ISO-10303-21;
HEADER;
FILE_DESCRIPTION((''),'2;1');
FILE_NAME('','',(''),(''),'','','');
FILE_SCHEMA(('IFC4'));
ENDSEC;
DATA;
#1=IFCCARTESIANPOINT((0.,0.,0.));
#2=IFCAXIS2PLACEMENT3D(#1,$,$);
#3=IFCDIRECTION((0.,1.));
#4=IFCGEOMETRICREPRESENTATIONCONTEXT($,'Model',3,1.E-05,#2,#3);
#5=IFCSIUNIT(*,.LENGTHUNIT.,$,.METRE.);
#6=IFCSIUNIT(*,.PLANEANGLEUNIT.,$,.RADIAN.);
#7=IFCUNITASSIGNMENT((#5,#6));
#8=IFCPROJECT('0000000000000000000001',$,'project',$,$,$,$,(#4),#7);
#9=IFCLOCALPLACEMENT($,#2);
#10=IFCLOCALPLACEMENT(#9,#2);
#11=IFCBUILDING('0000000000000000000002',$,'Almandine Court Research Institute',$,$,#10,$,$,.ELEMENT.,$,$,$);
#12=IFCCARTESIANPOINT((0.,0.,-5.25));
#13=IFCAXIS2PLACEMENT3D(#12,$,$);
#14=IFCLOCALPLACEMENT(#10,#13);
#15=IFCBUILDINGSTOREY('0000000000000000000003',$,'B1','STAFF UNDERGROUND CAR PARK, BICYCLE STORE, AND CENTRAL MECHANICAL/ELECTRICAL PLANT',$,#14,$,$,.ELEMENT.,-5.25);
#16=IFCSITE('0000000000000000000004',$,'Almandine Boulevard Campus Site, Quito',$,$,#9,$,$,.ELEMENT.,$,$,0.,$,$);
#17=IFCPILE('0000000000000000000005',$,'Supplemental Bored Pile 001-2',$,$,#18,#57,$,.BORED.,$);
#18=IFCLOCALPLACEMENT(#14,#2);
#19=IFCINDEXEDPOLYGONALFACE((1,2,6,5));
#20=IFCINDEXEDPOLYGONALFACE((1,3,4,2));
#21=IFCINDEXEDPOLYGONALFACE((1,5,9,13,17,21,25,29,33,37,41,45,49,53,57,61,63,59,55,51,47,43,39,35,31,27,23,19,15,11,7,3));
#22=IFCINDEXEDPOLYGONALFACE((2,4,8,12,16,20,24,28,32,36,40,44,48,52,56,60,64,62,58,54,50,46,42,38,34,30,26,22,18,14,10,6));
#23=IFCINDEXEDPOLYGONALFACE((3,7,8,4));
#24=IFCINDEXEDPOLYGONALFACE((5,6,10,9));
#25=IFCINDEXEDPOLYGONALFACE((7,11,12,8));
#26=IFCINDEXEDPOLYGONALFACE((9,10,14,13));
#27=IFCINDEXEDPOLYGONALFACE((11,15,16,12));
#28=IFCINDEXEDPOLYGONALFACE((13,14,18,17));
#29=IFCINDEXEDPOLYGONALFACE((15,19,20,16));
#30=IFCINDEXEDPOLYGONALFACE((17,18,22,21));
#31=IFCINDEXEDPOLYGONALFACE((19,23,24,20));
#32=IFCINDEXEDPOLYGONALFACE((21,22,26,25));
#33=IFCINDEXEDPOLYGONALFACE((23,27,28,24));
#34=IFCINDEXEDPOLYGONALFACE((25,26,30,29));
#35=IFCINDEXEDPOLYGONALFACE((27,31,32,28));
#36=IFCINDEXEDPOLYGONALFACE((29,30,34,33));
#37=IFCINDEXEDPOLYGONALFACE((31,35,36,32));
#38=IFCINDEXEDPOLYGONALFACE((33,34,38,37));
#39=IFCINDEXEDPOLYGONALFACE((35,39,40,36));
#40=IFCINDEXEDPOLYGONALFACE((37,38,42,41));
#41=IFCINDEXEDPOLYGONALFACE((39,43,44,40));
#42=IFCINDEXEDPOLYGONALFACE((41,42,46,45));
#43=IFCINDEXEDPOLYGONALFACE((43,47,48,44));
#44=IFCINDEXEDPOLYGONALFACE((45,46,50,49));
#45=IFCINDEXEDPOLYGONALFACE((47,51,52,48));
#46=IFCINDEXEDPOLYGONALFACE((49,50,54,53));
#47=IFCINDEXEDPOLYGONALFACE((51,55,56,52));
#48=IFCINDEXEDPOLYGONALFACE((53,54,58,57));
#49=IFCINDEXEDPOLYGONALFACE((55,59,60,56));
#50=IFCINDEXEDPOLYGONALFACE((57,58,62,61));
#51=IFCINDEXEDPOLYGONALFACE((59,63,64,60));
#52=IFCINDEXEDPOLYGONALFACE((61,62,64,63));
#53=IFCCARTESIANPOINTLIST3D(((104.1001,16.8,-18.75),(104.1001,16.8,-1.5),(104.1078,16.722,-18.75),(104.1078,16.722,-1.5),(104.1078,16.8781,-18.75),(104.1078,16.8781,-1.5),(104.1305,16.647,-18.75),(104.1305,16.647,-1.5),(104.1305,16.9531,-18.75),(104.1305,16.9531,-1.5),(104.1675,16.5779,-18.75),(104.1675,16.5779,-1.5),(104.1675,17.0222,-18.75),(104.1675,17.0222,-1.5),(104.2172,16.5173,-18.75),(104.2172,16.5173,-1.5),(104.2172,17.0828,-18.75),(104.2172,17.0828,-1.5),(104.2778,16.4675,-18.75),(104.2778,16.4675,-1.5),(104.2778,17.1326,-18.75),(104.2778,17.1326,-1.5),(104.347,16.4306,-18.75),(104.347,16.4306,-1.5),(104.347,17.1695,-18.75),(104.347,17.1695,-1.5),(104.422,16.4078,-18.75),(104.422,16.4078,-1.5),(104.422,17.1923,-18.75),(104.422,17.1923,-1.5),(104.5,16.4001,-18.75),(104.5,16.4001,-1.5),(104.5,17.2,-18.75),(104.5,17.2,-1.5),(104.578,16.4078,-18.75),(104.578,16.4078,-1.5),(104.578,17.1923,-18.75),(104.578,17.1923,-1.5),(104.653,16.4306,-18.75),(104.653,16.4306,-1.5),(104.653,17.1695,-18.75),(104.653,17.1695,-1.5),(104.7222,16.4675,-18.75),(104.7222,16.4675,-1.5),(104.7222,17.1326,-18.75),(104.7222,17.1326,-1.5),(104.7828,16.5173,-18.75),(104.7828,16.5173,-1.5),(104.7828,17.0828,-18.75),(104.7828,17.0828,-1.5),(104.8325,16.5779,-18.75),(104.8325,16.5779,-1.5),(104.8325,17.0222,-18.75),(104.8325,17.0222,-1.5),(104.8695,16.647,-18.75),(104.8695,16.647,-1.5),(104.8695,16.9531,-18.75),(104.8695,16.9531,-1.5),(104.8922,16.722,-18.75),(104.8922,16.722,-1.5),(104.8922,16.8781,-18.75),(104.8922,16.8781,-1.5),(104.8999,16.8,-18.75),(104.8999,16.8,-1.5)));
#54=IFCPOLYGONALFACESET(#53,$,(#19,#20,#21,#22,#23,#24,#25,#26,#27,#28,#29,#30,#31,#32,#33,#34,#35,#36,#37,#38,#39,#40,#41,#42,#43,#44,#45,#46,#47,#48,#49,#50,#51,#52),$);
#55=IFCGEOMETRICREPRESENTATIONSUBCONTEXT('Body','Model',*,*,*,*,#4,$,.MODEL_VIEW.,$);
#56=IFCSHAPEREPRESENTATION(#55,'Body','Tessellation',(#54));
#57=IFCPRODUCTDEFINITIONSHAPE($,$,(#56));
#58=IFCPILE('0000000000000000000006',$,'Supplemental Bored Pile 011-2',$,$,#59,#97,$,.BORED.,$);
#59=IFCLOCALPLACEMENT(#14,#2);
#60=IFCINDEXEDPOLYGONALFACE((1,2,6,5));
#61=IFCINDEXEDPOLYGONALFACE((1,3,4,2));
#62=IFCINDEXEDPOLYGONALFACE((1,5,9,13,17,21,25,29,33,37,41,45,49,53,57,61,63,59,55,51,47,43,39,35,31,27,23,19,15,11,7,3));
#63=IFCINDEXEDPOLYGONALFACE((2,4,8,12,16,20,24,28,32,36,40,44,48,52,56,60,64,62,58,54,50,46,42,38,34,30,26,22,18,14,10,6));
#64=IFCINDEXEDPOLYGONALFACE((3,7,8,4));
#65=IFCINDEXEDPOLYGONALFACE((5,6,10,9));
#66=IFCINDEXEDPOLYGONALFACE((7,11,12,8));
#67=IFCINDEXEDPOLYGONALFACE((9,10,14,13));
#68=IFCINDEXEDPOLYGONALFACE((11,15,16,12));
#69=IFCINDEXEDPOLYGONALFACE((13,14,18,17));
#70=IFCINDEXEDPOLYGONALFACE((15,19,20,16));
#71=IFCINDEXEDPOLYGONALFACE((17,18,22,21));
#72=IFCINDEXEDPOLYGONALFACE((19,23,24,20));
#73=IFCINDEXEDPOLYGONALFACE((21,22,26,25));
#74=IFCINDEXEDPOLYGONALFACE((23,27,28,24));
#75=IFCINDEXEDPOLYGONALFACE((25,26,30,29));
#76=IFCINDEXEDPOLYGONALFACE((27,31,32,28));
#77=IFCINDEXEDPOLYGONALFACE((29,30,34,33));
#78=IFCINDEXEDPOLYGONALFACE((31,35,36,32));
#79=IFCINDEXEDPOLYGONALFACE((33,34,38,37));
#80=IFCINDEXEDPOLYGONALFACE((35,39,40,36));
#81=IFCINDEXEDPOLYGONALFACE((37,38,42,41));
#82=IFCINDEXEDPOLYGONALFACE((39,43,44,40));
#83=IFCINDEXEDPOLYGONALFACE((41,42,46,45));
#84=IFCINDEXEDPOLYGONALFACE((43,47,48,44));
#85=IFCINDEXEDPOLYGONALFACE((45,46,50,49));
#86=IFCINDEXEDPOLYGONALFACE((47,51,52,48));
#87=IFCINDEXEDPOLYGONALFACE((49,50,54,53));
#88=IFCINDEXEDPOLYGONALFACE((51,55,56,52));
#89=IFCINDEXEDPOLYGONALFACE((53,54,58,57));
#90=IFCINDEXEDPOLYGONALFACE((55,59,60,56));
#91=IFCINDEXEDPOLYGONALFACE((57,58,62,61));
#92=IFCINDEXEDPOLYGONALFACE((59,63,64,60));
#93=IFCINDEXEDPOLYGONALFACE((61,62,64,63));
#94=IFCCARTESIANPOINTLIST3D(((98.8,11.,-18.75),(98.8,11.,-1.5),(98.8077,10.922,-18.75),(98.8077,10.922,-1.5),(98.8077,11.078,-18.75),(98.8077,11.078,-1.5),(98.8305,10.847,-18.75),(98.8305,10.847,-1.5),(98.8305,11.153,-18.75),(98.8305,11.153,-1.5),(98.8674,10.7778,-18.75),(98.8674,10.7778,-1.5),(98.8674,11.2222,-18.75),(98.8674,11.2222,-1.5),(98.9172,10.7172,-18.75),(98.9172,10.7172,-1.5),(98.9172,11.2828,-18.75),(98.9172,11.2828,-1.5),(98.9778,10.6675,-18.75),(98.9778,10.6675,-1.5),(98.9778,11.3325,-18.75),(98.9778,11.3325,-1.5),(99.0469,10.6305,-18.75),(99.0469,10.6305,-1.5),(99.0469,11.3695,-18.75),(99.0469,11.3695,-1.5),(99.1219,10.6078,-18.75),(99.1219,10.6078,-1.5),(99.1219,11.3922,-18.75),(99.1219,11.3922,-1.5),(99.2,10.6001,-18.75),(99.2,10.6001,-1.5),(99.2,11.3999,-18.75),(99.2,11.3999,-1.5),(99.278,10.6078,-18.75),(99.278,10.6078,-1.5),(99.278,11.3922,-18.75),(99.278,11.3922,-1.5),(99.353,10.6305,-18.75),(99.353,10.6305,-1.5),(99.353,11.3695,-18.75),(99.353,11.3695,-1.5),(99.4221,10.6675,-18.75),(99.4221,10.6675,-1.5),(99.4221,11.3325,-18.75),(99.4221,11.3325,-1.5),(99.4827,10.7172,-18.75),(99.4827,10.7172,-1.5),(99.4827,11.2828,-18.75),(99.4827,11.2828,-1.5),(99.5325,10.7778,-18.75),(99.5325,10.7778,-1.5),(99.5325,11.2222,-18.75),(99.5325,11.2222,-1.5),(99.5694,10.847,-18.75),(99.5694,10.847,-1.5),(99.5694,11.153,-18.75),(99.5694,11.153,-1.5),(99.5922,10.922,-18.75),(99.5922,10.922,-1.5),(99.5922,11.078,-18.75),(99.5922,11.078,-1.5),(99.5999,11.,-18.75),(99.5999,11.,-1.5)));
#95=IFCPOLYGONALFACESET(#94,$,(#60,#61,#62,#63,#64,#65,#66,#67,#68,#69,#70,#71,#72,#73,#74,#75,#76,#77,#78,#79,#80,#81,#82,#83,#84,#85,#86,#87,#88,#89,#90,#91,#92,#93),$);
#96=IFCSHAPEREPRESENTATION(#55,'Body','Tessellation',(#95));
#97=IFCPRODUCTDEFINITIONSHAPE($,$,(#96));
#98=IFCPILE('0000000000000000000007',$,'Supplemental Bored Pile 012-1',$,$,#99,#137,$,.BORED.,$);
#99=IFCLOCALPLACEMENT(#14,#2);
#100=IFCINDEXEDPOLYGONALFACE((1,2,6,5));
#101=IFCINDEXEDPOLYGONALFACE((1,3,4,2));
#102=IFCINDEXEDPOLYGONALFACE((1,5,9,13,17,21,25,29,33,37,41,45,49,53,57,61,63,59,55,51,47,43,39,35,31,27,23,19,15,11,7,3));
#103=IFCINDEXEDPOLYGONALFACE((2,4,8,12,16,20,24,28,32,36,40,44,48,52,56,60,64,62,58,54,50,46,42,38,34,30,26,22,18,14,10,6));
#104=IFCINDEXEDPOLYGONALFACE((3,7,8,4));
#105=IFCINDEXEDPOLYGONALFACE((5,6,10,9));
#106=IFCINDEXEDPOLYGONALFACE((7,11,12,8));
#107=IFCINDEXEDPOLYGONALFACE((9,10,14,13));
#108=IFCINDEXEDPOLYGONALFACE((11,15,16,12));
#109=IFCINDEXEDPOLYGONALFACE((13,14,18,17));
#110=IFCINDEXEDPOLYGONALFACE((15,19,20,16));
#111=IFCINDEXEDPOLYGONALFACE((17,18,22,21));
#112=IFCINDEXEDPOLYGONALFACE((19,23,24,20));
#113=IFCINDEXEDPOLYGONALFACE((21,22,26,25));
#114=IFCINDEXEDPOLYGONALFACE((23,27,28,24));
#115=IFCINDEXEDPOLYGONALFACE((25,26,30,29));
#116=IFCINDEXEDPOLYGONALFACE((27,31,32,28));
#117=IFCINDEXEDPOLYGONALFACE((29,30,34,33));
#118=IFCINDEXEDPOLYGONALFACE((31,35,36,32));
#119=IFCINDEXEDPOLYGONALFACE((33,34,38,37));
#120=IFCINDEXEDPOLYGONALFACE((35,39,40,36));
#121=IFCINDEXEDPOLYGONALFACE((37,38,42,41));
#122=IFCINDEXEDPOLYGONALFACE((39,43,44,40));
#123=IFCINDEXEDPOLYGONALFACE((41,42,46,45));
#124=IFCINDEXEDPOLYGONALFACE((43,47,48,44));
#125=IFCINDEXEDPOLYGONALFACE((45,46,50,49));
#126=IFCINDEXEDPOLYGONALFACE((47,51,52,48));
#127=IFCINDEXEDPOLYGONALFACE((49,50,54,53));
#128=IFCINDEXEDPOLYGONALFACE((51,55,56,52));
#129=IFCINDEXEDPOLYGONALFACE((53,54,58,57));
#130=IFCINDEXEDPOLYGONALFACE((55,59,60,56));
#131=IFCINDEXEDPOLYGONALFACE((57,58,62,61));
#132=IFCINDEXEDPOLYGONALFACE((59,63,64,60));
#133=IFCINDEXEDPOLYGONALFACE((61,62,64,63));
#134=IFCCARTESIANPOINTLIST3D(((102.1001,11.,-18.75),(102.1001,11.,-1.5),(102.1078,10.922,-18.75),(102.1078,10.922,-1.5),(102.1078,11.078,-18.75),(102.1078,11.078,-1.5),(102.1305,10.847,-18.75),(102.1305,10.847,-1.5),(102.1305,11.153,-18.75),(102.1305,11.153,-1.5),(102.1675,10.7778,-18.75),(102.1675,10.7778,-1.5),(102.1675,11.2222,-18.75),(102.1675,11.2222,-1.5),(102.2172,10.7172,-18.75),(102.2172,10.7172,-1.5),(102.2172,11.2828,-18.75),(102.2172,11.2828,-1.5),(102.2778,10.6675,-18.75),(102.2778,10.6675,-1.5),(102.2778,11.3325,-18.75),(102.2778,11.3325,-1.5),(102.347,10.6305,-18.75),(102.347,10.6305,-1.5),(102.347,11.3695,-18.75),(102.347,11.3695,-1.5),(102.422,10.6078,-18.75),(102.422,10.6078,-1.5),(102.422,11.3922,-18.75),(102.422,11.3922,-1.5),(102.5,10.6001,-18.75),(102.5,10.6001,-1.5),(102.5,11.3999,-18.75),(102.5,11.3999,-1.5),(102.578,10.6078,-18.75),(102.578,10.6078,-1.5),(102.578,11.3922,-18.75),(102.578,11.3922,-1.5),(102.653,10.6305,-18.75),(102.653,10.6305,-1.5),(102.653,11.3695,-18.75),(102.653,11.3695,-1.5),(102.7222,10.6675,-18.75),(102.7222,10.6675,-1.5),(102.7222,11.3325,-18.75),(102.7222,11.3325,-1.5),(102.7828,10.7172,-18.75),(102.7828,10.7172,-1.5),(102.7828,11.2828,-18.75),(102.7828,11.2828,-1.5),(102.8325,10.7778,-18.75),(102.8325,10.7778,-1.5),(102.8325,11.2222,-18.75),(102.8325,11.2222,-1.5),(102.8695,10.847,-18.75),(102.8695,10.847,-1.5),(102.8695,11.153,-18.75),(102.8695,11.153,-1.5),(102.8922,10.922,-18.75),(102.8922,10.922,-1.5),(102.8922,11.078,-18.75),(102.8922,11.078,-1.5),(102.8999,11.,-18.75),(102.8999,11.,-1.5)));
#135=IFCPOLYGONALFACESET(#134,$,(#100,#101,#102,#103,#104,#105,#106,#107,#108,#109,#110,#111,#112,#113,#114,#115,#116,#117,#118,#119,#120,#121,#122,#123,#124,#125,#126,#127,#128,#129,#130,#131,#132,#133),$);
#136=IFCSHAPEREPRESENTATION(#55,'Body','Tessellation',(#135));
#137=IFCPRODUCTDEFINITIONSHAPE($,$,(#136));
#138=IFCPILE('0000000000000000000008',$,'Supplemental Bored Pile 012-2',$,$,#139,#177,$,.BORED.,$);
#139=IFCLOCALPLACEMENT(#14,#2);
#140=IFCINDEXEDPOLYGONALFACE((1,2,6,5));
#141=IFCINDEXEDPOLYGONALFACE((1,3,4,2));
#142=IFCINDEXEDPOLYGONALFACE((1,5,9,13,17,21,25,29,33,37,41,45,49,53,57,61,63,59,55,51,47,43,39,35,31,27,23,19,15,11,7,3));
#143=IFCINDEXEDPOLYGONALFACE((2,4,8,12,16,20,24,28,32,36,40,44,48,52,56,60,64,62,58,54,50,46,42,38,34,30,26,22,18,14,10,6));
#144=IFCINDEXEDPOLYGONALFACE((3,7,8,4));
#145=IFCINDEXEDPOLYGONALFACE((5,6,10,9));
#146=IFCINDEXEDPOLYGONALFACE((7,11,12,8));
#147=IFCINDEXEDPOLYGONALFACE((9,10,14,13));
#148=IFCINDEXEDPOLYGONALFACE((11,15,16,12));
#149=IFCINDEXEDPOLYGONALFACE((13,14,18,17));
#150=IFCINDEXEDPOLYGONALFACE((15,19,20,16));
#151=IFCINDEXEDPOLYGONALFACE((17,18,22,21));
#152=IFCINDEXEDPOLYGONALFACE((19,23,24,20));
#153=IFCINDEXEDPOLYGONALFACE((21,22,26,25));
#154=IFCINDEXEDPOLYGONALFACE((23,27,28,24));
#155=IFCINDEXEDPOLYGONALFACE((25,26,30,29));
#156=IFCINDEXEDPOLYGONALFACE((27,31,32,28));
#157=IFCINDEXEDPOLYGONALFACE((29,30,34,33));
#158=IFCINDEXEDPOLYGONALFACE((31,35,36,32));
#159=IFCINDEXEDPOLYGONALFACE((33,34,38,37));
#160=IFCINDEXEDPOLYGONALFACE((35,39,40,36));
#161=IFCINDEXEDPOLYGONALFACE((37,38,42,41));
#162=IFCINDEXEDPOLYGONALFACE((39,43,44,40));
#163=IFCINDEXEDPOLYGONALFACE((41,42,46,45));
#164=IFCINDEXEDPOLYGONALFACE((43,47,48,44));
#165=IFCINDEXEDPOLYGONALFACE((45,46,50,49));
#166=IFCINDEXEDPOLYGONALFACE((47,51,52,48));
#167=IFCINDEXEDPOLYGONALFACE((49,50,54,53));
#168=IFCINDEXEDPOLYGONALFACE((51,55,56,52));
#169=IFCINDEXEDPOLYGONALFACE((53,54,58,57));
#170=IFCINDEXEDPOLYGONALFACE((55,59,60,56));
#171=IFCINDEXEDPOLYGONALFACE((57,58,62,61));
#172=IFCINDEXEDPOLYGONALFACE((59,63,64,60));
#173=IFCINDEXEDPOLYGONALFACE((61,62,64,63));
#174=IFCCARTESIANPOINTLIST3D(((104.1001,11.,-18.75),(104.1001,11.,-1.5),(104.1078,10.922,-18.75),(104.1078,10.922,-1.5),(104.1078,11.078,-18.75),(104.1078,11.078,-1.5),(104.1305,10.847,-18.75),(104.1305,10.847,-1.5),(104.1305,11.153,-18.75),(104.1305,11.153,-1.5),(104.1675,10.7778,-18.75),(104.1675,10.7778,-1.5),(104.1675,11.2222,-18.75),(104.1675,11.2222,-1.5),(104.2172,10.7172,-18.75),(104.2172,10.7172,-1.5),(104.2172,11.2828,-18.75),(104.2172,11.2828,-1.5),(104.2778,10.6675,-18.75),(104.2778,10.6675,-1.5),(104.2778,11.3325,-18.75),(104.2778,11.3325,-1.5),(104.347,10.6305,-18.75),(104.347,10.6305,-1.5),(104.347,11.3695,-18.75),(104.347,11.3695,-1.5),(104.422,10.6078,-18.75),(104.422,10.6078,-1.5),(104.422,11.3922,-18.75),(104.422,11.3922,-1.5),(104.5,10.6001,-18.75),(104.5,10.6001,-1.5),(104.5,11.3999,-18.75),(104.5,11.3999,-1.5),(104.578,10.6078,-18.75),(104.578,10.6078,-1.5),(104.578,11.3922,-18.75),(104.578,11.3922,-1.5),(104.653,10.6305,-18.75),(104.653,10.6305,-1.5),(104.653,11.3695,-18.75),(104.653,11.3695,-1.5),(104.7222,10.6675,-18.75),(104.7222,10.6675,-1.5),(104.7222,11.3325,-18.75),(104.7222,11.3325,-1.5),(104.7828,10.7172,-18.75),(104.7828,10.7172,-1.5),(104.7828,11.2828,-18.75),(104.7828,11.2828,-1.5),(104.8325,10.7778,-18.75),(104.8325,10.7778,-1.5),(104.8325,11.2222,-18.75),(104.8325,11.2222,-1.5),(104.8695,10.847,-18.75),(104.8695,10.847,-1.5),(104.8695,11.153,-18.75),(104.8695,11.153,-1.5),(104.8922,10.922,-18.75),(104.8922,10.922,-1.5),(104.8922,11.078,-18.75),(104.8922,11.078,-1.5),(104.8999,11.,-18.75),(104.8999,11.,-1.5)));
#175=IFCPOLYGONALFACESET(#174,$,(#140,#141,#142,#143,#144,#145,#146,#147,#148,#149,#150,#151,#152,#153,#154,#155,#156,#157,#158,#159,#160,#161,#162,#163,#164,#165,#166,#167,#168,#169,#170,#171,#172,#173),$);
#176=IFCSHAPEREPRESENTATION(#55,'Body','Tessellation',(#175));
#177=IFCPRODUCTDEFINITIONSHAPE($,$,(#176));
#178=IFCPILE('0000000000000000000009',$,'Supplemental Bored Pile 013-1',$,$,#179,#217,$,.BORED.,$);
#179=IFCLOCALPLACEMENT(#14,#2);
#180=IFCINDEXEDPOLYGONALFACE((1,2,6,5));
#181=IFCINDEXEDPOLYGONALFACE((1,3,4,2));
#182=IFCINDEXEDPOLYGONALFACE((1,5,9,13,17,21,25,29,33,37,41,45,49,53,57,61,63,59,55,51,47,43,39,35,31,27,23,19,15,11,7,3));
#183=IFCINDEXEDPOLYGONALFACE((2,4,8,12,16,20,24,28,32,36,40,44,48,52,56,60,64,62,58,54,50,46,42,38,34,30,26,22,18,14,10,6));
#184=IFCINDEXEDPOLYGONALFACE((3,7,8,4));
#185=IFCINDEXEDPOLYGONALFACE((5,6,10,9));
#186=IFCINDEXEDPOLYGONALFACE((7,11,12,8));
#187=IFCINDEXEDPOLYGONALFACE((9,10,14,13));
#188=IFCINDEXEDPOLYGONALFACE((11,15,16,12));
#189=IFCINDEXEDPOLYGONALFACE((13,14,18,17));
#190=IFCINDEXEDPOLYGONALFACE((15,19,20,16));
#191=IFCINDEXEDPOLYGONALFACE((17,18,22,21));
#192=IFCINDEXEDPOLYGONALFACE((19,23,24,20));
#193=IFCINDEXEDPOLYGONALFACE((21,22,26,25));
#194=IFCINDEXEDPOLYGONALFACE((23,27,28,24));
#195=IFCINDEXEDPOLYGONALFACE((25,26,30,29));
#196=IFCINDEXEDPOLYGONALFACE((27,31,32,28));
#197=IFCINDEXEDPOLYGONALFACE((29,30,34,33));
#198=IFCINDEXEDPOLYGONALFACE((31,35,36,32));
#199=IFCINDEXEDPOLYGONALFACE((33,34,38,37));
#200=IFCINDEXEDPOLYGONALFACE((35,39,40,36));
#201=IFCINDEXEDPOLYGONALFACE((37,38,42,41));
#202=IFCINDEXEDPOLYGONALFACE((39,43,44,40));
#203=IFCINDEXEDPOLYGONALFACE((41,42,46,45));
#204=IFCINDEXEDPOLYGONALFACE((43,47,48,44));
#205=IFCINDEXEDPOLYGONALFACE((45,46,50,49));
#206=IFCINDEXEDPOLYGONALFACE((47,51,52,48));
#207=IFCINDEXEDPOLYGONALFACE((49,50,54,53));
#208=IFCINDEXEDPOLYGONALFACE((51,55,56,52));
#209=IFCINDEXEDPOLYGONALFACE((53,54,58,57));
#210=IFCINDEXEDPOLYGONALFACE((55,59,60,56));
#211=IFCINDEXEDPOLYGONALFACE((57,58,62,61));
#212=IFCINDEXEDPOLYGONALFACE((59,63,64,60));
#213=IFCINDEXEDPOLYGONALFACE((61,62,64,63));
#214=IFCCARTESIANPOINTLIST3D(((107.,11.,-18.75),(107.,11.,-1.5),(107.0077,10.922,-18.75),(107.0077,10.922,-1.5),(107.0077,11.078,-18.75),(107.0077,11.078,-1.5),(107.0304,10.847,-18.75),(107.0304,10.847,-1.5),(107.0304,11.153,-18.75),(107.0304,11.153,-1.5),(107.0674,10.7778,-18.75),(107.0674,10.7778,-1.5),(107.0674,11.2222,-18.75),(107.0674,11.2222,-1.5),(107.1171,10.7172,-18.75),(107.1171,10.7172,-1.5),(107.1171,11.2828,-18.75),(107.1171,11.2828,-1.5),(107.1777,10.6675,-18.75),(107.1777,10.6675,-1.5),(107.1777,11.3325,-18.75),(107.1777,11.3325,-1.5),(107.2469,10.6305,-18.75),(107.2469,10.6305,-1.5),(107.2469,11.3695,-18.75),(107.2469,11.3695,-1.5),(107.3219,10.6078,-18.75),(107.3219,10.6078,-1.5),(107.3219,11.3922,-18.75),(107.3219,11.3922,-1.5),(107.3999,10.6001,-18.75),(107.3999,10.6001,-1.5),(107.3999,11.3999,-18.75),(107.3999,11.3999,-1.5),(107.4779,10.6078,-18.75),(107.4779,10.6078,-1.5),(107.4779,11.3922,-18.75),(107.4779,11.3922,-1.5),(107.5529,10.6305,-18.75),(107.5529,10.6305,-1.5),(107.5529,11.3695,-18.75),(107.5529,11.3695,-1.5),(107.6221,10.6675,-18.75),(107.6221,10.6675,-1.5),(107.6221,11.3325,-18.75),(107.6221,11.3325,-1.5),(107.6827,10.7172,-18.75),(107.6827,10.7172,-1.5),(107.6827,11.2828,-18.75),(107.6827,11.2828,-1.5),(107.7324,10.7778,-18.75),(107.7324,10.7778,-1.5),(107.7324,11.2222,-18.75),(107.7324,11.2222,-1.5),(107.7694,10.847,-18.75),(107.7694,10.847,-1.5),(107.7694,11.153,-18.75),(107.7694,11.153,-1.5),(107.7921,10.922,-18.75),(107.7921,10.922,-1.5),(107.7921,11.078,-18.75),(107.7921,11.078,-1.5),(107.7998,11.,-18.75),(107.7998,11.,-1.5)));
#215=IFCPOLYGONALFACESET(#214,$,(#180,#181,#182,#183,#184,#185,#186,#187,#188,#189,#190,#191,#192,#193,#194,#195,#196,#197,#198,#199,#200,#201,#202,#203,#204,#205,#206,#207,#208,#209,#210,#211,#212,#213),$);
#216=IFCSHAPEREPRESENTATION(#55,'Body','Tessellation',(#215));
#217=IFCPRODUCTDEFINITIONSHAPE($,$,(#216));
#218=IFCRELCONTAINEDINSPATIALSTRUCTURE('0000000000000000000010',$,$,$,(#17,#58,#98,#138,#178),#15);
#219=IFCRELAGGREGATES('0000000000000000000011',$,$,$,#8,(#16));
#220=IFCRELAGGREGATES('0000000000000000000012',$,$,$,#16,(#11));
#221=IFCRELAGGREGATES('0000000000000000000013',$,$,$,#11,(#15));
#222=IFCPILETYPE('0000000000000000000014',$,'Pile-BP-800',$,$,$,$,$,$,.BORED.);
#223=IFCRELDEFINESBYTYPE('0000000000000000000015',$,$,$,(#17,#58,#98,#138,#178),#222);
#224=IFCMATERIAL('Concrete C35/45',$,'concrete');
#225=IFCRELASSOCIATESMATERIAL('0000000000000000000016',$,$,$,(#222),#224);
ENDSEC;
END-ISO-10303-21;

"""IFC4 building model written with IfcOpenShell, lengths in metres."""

from ifc_helpers import new_model, si_unit, direction, frame, origin, origin_2d, place, context, subcontext, project, spatial, circle, extrude, material, material_profile, profile_set, type_object, element, save


model = new_model("IFC4")

# Units and contexts
model_context = context("Model", 3, precision=1e-05, world=origin(), true_north=direction((0.0, 1.0)))
body_context = subcontext(model_context, "Body", "Model", "MODEL_VIEW")
ifc_project = project(units=[si_unit("LENGTHUNIT", "METRE"), si_unit("PLANEANGLEUNIT", "RADIAN")], contexts=[model_context])

# Site, building, storey
site_placement = place(None, origin())
site = spatial("IfcSite", under=ifc_project, at=site_placement, Name="Almandine Boulevard Campus Site, Quito", CompositionType="ELEMENT", RefElevation=0.0)
building_placement = place(site_placement, origin())
building = spatial("IfcBuilding", under=site, at=building_placement, Name="Almandine Court Research Institute", CompositionType="ELEMENT")
storey_placement = place(building_placement, frame((0.0, 0.0, -5.25)))
storey = spatial("IfcBuildingStorey", under=building, at=storey_placement, Name="B1", Description="STAFF UNDERGROUND CAR PARK, BICYCLE STORE, AND CENTRAL MECHANICAL/ELECTRICAL PLANT", CompositionType="ELEMENT", Elevation=-5.25)

# Shared definitions
ifc_material_1 = material(Name="Concrete C35/45", Category="concrete")

# Piles
ifc_material_profile_1 = material_profile(ifc_material_1, circle(Radius=0.3999, at=origin_2d()), Name="BORED PILE D800")
ifc_profile_set_1 = profile_set([ifc_material_profile_1], Name="Concrete C35/45")
pile_type = type_object("IfcPileType", Name="Pile-BP-800", PredefinedType="BORED", material=ifc_profile_set_1)
for number, where, z_axis, x_axis, name in (
    (1, (104.5, 16.8, -1.5), (0.0, 0.0, -1.0), (1.0, 0.0, 0.0), "Supplemental Bored Pile 001-2"),
    (2, (99.2, 11.0, -1.5), (0.0, 0.0, -1.0), (1.0, 0.0, 0.0), "Supplemental Bored Pile 011-2"),
    (3, (102.5, 11.0, -1.5), (0.0, 0.0, -1.0), (1.0, 0.0, 0.0), "Supplemental Bored Pile 012-1"),
    (4, (104.5, 11.0, -1.5), (0.0, 0.0, -1.0), (1.0, 0.0, 0.0), "Supplemental Bored Pile 012-2"),
    (5, (107.3999, 11.0, -1.5), (0.0, 0.0, -1.0), (1.0, 0.0, 0.0), "Supplemental Bored Pile 013-1"),
):
    element("IfcPile", number, at=place(storey_placement, frame(where, z_axis=z_axis, x_axis=x_axis)), inside=storey, type_object=pile_type, Name=name, PredefinedType="BORED", context=body_context, shape_type="SweptSolid", body=[
        extrude(circle(Radius=0.3999, at=origin_2d()), origin(), (0.0, 0.0, 1.0), 17.25),
    ])

save(model, "model.ifc")
